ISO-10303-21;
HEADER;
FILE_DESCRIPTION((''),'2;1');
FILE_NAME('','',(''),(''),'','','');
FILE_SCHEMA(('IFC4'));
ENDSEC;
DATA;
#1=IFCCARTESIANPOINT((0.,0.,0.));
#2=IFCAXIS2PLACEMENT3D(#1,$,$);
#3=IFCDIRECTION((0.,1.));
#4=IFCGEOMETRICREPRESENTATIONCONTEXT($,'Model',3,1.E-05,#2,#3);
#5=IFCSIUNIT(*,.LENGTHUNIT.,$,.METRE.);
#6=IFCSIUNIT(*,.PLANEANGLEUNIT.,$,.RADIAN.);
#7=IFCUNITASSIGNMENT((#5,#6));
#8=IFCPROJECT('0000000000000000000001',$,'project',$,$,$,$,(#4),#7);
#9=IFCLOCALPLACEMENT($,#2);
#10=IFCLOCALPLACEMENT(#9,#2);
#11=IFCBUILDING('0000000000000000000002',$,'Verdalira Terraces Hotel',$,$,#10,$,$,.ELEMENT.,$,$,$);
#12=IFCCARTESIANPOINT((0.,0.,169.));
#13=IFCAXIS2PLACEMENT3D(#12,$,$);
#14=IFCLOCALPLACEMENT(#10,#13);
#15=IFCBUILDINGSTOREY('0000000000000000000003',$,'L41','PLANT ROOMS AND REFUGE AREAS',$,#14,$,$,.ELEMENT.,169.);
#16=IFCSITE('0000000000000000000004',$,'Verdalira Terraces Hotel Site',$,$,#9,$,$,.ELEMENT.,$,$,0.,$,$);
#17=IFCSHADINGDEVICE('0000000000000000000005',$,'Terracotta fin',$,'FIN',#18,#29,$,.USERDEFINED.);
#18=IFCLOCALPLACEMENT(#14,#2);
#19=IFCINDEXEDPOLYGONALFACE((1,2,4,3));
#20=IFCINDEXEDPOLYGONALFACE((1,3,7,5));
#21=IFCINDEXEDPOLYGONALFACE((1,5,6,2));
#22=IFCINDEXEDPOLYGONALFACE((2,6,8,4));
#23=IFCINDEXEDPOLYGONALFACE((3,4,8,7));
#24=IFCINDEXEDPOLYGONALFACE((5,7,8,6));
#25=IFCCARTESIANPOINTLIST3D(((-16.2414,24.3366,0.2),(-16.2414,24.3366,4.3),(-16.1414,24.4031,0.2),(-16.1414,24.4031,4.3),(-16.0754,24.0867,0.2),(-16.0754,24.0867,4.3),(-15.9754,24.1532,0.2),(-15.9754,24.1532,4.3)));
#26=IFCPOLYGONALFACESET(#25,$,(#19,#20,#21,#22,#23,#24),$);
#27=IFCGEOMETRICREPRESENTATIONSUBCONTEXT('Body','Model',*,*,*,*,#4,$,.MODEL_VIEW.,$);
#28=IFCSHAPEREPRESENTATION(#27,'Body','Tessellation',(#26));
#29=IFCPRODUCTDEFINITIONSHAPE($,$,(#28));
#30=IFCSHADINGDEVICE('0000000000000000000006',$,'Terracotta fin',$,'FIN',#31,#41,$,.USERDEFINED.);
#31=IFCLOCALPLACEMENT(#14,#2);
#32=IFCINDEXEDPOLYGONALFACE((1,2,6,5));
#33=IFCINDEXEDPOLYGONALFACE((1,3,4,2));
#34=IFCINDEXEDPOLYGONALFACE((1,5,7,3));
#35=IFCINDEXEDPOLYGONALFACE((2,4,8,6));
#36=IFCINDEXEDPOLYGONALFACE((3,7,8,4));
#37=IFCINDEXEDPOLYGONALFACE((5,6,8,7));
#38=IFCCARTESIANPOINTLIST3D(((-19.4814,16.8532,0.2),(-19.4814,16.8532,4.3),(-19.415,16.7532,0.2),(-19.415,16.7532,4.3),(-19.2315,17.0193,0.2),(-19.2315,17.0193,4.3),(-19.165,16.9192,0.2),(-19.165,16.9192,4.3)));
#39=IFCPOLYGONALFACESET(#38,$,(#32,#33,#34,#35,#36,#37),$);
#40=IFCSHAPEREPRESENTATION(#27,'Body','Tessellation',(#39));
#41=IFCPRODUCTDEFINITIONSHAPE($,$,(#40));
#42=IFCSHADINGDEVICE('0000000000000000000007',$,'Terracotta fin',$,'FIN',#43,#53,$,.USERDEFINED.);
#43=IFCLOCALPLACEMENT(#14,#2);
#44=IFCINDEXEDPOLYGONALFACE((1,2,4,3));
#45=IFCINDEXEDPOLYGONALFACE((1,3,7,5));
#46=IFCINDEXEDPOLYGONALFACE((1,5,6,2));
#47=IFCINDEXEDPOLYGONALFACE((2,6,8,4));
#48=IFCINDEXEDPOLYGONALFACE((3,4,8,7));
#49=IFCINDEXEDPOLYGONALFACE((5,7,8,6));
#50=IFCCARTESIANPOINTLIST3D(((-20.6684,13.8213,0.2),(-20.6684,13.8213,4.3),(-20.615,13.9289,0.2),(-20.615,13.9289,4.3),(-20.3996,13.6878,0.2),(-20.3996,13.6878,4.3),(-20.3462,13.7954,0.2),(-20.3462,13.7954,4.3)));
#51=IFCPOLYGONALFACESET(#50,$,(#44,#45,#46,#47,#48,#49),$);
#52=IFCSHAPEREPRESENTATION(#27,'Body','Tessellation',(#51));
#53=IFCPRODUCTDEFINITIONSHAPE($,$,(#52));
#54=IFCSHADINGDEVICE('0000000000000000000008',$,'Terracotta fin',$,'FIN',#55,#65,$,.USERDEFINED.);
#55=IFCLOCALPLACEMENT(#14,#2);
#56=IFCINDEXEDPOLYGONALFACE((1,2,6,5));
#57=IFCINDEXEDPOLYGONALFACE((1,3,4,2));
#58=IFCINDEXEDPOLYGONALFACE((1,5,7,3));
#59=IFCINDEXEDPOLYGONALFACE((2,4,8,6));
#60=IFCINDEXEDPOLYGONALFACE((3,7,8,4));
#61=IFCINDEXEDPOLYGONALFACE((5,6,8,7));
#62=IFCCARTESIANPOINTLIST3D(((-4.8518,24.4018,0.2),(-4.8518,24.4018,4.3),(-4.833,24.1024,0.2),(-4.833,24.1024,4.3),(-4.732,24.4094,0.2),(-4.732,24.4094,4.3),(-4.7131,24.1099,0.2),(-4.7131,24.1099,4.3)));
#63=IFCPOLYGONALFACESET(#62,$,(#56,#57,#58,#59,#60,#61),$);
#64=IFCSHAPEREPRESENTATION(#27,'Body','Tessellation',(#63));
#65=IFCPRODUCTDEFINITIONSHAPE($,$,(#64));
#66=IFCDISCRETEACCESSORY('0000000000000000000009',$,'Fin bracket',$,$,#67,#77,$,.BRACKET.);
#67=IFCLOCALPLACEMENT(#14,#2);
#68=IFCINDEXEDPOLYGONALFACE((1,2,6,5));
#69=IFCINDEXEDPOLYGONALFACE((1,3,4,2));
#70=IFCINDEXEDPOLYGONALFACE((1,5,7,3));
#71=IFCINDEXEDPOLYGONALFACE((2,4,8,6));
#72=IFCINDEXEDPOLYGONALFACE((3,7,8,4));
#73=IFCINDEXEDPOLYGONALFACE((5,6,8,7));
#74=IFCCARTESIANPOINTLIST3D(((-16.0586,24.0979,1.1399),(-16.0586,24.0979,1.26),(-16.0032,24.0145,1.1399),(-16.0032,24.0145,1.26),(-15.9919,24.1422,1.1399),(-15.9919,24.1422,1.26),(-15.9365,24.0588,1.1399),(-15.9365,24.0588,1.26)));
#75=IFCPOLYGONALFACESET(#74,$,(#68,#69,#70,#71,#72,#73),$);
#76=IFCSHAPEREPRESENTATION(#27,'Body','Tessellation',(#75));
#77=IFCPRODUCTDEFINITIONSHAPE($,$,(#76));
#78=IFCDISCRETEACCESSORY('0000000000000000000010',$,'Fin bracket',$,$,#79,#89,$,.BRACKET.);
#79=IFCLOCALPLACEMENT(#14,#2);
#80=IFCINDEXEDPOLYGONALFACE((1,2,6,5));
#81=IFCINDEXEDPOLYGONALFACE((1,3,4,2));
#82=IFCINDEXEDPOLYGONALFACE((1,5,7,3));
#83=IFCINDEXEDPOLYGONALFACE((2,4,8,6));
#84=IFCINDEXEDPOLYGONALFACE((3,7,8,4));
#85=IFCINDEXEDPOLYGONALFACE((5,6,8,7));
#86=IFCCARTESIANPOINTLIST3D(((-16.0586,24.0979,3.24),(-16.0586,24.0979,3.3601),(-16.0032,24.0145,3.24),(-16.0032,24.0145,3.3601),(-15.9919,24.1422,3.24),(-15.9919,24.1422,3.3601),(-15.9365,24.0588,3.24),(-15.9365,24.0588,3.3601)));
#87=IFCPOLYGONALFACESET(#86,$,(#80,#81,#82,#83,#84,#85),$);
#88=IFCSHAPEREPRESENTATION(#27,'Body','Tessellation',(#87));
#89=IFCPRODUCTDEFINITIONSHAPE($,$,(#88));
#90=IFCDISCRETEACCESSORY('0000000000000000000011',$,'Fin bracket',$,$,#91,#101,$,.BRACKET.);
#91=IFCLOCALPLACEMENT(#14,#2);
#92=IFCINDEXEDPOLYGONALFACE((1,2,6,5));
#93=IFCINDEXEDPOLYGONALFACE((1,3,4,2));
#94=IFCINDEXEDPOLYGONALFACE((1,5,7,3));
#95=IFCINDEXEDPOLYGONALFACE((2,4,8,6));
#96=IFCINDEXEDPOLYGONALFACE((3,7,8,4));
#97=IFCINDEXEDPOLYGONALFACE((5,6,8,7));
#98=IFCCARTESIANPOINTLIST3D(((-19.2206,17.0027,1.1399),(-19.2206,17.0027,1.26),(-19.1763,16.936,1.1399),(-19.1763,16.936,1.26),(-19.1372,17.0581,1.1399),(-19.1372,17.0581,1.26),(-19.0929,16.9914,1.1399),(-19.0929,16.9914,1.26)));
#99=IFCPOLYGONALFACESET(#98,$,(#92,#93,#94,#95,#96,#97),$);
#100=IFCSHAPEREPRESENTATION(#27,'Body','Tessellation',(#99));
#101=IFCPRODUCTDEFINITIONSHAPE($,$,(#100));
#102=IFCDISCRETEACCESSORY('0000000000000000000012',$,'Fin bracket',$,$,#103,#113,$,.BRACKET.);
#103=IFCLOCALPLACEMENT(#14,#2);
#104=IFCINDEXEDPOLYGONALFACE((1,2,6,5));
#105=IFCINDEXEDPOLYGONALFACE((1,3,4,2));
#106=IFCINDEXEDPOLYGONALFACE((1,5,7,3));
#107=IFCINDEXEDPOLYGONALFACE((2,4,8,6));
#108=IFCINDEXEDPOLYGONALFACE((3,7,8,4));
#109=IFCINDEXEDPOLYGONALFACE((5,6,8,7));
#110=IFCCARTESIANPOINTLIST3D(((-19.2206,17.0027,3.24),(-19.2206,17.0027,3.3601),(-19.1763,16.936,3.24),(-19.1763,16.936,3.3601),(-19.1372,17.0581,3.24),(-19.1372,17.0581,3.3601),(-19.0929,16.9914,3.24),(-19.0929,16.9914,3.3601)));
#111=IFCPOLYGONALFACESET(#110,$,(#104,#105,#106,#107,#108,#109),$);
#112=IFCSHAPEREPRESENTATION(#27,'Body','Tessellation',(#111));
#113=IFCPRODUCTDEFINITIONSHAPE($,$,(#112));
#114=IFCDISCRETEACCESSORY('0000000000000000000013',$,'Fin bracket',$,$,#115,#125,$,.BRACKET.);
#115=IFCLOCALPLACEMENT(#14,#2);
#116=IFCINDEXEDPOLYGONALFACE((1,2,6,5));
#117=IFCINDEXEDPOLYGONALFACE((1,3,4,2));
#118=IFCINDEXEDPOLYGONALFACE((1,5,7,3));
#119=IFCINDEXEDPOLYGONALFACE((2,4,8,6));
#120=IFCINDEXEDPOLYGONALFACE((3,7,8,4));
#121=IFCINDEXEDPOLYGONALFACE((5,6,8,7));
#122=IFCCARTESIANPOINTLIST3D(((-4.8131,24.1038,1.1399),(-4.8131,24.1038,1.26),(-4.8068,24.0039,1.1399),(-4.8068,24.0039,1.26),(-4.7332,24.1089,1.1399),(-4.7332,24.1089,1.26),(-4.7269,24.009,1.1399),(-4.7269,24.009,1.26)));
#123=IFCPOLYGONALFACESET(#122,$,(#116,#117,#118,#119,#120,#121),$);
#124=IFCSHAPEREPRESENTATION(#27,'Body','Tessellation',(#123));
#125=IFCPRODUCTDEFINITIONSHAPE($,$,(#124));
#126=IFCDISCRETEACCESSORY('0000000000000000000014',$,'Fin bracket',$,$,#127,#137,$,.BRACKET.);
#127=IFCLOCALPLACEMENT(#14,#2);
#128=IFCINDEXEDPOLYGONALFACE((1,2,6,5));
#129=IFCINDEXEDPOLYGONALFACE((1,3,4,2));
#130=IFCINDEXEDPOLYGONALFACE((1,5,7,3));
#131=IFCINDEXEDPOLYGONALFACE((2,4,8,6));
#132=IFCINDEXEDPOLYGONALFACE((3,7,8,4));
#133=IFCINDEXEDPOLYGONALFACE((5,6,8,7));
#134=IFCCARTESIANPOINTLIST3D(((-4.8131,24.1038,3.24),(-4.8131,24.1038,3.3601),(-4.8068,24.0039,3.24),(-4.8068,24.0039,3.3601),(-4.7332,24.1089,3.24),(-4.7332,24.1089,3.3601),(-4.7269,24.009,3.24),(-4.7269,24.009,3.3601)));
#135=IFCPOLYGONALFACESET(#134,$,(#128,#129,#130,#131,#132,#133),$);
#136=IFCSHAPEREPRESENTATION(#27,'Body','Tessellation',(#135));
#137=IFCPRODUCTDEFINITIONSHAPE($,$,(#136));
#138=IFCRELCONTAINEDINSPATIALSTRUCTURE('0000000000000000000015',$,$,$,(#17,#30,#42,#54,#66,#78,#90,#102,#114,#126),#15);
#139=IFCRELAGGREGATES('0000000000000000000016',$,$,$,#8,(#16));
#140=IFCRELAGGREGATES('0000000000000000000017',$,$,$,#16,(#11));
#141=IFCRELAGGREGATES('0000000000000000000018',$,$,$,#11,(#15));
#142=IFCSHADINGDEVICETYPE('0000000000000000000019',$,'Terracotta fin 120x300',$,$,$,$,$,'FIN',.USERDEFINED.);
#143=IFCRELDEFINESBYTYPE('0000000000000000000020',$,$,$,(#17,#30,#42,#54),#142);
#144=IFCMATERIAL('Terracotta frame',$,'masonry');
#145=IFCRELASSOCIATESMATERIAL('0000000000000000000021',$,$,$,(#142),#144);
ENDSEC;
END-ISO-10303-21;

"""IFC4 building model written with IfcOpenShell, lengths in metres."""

from ifc_helpers import new_model, si_unit, direction, frame, origin, origin_2d, place, context, subcontext, project, spatial, rectangle, extrude, material, material_profile, profile_set, type_object, element, save


model = new_model("IFC4")

# Units and contexts
model_context = context("Model", 3, precision=1e-05, world=origin(), true_north=direction((0.0, 1.0)))
body_context = subcontext(model_context, "Body", "Model", "MODEL_VIEW")
ifc_project = project(units=[si_unit("LENGTHUNIT", "METRE"), si_unit("PLANEANGLEUNIT", "RADIAN")], contexts=[model_context])

# Site, building, storey
site_placement = place(None, origin())
site = spatial("IfcSite", under=ifc_project, at=site_placement, Name="Verdalira Terraces Hotel Site", CompositionType="ELEMENT", RefElevation=0.0)
building_placement = place(site_placement, origin())
building = spatial("IfcBuilding", under=site, at=building_placement, Name="Verdalira Terraces Hotel", CompositionType="ELEMENT")
storey_placement = place(building_placement, frame((0.0, 0.0, 169.0)))
storey = spatial("IfcBuildingStorey", under=building, at=storey_placement, Name="L41", Description="PLANT ROOMS AND REFUGE AREAS", CompositionType="ELEMENT", Elevation=169.0)

# Shading devices
ifc_material_1 = material(Name="Terracotta frame", Category="masonry")
ifc_material_profile_1 = material_profile(ifc_material_1, rectangle(XDim=0.1201, YDim=0.3, at=origin_2d()), Name="FIN 120x300")
ifc_profile_set_1 = profile_set([ifc_material_profile_1], Name="Terracotta frame")
shading_device_type = type_object("IfcShadingDeviceType", Name="Terracotta fin 120x300", ElementType="FIN", PredefinedType="USERDEFINED", material=ifc_profile_set_1)
for number, where, z_axis, x_axis, name in (
    (1, (-16.1084, 24.2449, 0.2), (0.0, 0.0, 1.0), (-0.832921, -0.553392, 0.0), "Terracotta fin"),
    (2, (-19.3232, 16.8862, 0.2), (0.0, 0.0, 1.0), (0.553392, -0.832921, 0.0), "Terracotta fin"),
    (3, (-20.5073, 13.8084, 0.2), (0.0, 0.0, 1.0), (-0.444635, -0.895712, 0.0), "Terracotta fin"),
    (4, (-4.7825, 24.2559, 0.2), (0.0, 0.0, 1.0), (-0.998027, -0.062791, 0.0), "Terracotta fin"),
):
    element("IfcShadingDevice", number, at=place(storey_placement, frame(where, z_axis=z_axis, x_axis=x_axis)), inside=storey, type_object=shading_device_type, Name=name, ObjectType="FIN", PredefinedType="USERDEFINED", context=body_context, shape_type="SweptSolid", body=[
        extrude(rectangle(XDim=0.1201, YDim=0.3, at=origin_2d()), origin(), (0.0, 0.0, 1.0), 4.1001),
    ])

# Discrete accessories
for number, where, z_axis, x_axis, name in (
    (5, (-15.9976, 24.0784, 1.1399), (0.0, 0.0, 1.0), (-0.832921, -0.553392, 0.0), "Fin bracket"),
    (6, (-15.9976, 24.0784, 3.24), (0.0, 0.0, 1.0), (-0.832921, -0.553392, 0.0), "Fin bracket"),
    (7, (-19.1567, 16.9971, 1.1399), (0.0, 0.0, 1.0), (0.553392, -0.832921, 0.0), "Fin bracket"),
    (8, (-19.1567, 16.9971, 3.24), (0.0, 0.0, 1.0), (0.553392, -0.832921, 0.0), "Fin bracket"),
    (9, (-4.77, 24.0564, 1.1399), (0.0, 0.0, 1.0), (-0.998027, -0.062791, 0.0), "Fin bracket"),
    (10, (-4.77, 24.0564, 3.24), (0.0, 0.0, 1.0), (-0.998027, -0.062791, 0.0), "Fin bracket"),
):
    element("IfcDiscreteAccessory", number, at=place(storey_placement, frame(where, z_axis=z_axis, x_axis=x_axis)), inside=storey, Name=name, PredefinedType="BRACKET", context=body_context, shape_type="SweptSolid", body=[
        extrude(rectangle(XDim=0.0801, YDim=0.1001, at=origin_2d()), origin(), (0.0, 0.0, 1.0), 0.1201),
    ])

save(model, "model.ifc")
